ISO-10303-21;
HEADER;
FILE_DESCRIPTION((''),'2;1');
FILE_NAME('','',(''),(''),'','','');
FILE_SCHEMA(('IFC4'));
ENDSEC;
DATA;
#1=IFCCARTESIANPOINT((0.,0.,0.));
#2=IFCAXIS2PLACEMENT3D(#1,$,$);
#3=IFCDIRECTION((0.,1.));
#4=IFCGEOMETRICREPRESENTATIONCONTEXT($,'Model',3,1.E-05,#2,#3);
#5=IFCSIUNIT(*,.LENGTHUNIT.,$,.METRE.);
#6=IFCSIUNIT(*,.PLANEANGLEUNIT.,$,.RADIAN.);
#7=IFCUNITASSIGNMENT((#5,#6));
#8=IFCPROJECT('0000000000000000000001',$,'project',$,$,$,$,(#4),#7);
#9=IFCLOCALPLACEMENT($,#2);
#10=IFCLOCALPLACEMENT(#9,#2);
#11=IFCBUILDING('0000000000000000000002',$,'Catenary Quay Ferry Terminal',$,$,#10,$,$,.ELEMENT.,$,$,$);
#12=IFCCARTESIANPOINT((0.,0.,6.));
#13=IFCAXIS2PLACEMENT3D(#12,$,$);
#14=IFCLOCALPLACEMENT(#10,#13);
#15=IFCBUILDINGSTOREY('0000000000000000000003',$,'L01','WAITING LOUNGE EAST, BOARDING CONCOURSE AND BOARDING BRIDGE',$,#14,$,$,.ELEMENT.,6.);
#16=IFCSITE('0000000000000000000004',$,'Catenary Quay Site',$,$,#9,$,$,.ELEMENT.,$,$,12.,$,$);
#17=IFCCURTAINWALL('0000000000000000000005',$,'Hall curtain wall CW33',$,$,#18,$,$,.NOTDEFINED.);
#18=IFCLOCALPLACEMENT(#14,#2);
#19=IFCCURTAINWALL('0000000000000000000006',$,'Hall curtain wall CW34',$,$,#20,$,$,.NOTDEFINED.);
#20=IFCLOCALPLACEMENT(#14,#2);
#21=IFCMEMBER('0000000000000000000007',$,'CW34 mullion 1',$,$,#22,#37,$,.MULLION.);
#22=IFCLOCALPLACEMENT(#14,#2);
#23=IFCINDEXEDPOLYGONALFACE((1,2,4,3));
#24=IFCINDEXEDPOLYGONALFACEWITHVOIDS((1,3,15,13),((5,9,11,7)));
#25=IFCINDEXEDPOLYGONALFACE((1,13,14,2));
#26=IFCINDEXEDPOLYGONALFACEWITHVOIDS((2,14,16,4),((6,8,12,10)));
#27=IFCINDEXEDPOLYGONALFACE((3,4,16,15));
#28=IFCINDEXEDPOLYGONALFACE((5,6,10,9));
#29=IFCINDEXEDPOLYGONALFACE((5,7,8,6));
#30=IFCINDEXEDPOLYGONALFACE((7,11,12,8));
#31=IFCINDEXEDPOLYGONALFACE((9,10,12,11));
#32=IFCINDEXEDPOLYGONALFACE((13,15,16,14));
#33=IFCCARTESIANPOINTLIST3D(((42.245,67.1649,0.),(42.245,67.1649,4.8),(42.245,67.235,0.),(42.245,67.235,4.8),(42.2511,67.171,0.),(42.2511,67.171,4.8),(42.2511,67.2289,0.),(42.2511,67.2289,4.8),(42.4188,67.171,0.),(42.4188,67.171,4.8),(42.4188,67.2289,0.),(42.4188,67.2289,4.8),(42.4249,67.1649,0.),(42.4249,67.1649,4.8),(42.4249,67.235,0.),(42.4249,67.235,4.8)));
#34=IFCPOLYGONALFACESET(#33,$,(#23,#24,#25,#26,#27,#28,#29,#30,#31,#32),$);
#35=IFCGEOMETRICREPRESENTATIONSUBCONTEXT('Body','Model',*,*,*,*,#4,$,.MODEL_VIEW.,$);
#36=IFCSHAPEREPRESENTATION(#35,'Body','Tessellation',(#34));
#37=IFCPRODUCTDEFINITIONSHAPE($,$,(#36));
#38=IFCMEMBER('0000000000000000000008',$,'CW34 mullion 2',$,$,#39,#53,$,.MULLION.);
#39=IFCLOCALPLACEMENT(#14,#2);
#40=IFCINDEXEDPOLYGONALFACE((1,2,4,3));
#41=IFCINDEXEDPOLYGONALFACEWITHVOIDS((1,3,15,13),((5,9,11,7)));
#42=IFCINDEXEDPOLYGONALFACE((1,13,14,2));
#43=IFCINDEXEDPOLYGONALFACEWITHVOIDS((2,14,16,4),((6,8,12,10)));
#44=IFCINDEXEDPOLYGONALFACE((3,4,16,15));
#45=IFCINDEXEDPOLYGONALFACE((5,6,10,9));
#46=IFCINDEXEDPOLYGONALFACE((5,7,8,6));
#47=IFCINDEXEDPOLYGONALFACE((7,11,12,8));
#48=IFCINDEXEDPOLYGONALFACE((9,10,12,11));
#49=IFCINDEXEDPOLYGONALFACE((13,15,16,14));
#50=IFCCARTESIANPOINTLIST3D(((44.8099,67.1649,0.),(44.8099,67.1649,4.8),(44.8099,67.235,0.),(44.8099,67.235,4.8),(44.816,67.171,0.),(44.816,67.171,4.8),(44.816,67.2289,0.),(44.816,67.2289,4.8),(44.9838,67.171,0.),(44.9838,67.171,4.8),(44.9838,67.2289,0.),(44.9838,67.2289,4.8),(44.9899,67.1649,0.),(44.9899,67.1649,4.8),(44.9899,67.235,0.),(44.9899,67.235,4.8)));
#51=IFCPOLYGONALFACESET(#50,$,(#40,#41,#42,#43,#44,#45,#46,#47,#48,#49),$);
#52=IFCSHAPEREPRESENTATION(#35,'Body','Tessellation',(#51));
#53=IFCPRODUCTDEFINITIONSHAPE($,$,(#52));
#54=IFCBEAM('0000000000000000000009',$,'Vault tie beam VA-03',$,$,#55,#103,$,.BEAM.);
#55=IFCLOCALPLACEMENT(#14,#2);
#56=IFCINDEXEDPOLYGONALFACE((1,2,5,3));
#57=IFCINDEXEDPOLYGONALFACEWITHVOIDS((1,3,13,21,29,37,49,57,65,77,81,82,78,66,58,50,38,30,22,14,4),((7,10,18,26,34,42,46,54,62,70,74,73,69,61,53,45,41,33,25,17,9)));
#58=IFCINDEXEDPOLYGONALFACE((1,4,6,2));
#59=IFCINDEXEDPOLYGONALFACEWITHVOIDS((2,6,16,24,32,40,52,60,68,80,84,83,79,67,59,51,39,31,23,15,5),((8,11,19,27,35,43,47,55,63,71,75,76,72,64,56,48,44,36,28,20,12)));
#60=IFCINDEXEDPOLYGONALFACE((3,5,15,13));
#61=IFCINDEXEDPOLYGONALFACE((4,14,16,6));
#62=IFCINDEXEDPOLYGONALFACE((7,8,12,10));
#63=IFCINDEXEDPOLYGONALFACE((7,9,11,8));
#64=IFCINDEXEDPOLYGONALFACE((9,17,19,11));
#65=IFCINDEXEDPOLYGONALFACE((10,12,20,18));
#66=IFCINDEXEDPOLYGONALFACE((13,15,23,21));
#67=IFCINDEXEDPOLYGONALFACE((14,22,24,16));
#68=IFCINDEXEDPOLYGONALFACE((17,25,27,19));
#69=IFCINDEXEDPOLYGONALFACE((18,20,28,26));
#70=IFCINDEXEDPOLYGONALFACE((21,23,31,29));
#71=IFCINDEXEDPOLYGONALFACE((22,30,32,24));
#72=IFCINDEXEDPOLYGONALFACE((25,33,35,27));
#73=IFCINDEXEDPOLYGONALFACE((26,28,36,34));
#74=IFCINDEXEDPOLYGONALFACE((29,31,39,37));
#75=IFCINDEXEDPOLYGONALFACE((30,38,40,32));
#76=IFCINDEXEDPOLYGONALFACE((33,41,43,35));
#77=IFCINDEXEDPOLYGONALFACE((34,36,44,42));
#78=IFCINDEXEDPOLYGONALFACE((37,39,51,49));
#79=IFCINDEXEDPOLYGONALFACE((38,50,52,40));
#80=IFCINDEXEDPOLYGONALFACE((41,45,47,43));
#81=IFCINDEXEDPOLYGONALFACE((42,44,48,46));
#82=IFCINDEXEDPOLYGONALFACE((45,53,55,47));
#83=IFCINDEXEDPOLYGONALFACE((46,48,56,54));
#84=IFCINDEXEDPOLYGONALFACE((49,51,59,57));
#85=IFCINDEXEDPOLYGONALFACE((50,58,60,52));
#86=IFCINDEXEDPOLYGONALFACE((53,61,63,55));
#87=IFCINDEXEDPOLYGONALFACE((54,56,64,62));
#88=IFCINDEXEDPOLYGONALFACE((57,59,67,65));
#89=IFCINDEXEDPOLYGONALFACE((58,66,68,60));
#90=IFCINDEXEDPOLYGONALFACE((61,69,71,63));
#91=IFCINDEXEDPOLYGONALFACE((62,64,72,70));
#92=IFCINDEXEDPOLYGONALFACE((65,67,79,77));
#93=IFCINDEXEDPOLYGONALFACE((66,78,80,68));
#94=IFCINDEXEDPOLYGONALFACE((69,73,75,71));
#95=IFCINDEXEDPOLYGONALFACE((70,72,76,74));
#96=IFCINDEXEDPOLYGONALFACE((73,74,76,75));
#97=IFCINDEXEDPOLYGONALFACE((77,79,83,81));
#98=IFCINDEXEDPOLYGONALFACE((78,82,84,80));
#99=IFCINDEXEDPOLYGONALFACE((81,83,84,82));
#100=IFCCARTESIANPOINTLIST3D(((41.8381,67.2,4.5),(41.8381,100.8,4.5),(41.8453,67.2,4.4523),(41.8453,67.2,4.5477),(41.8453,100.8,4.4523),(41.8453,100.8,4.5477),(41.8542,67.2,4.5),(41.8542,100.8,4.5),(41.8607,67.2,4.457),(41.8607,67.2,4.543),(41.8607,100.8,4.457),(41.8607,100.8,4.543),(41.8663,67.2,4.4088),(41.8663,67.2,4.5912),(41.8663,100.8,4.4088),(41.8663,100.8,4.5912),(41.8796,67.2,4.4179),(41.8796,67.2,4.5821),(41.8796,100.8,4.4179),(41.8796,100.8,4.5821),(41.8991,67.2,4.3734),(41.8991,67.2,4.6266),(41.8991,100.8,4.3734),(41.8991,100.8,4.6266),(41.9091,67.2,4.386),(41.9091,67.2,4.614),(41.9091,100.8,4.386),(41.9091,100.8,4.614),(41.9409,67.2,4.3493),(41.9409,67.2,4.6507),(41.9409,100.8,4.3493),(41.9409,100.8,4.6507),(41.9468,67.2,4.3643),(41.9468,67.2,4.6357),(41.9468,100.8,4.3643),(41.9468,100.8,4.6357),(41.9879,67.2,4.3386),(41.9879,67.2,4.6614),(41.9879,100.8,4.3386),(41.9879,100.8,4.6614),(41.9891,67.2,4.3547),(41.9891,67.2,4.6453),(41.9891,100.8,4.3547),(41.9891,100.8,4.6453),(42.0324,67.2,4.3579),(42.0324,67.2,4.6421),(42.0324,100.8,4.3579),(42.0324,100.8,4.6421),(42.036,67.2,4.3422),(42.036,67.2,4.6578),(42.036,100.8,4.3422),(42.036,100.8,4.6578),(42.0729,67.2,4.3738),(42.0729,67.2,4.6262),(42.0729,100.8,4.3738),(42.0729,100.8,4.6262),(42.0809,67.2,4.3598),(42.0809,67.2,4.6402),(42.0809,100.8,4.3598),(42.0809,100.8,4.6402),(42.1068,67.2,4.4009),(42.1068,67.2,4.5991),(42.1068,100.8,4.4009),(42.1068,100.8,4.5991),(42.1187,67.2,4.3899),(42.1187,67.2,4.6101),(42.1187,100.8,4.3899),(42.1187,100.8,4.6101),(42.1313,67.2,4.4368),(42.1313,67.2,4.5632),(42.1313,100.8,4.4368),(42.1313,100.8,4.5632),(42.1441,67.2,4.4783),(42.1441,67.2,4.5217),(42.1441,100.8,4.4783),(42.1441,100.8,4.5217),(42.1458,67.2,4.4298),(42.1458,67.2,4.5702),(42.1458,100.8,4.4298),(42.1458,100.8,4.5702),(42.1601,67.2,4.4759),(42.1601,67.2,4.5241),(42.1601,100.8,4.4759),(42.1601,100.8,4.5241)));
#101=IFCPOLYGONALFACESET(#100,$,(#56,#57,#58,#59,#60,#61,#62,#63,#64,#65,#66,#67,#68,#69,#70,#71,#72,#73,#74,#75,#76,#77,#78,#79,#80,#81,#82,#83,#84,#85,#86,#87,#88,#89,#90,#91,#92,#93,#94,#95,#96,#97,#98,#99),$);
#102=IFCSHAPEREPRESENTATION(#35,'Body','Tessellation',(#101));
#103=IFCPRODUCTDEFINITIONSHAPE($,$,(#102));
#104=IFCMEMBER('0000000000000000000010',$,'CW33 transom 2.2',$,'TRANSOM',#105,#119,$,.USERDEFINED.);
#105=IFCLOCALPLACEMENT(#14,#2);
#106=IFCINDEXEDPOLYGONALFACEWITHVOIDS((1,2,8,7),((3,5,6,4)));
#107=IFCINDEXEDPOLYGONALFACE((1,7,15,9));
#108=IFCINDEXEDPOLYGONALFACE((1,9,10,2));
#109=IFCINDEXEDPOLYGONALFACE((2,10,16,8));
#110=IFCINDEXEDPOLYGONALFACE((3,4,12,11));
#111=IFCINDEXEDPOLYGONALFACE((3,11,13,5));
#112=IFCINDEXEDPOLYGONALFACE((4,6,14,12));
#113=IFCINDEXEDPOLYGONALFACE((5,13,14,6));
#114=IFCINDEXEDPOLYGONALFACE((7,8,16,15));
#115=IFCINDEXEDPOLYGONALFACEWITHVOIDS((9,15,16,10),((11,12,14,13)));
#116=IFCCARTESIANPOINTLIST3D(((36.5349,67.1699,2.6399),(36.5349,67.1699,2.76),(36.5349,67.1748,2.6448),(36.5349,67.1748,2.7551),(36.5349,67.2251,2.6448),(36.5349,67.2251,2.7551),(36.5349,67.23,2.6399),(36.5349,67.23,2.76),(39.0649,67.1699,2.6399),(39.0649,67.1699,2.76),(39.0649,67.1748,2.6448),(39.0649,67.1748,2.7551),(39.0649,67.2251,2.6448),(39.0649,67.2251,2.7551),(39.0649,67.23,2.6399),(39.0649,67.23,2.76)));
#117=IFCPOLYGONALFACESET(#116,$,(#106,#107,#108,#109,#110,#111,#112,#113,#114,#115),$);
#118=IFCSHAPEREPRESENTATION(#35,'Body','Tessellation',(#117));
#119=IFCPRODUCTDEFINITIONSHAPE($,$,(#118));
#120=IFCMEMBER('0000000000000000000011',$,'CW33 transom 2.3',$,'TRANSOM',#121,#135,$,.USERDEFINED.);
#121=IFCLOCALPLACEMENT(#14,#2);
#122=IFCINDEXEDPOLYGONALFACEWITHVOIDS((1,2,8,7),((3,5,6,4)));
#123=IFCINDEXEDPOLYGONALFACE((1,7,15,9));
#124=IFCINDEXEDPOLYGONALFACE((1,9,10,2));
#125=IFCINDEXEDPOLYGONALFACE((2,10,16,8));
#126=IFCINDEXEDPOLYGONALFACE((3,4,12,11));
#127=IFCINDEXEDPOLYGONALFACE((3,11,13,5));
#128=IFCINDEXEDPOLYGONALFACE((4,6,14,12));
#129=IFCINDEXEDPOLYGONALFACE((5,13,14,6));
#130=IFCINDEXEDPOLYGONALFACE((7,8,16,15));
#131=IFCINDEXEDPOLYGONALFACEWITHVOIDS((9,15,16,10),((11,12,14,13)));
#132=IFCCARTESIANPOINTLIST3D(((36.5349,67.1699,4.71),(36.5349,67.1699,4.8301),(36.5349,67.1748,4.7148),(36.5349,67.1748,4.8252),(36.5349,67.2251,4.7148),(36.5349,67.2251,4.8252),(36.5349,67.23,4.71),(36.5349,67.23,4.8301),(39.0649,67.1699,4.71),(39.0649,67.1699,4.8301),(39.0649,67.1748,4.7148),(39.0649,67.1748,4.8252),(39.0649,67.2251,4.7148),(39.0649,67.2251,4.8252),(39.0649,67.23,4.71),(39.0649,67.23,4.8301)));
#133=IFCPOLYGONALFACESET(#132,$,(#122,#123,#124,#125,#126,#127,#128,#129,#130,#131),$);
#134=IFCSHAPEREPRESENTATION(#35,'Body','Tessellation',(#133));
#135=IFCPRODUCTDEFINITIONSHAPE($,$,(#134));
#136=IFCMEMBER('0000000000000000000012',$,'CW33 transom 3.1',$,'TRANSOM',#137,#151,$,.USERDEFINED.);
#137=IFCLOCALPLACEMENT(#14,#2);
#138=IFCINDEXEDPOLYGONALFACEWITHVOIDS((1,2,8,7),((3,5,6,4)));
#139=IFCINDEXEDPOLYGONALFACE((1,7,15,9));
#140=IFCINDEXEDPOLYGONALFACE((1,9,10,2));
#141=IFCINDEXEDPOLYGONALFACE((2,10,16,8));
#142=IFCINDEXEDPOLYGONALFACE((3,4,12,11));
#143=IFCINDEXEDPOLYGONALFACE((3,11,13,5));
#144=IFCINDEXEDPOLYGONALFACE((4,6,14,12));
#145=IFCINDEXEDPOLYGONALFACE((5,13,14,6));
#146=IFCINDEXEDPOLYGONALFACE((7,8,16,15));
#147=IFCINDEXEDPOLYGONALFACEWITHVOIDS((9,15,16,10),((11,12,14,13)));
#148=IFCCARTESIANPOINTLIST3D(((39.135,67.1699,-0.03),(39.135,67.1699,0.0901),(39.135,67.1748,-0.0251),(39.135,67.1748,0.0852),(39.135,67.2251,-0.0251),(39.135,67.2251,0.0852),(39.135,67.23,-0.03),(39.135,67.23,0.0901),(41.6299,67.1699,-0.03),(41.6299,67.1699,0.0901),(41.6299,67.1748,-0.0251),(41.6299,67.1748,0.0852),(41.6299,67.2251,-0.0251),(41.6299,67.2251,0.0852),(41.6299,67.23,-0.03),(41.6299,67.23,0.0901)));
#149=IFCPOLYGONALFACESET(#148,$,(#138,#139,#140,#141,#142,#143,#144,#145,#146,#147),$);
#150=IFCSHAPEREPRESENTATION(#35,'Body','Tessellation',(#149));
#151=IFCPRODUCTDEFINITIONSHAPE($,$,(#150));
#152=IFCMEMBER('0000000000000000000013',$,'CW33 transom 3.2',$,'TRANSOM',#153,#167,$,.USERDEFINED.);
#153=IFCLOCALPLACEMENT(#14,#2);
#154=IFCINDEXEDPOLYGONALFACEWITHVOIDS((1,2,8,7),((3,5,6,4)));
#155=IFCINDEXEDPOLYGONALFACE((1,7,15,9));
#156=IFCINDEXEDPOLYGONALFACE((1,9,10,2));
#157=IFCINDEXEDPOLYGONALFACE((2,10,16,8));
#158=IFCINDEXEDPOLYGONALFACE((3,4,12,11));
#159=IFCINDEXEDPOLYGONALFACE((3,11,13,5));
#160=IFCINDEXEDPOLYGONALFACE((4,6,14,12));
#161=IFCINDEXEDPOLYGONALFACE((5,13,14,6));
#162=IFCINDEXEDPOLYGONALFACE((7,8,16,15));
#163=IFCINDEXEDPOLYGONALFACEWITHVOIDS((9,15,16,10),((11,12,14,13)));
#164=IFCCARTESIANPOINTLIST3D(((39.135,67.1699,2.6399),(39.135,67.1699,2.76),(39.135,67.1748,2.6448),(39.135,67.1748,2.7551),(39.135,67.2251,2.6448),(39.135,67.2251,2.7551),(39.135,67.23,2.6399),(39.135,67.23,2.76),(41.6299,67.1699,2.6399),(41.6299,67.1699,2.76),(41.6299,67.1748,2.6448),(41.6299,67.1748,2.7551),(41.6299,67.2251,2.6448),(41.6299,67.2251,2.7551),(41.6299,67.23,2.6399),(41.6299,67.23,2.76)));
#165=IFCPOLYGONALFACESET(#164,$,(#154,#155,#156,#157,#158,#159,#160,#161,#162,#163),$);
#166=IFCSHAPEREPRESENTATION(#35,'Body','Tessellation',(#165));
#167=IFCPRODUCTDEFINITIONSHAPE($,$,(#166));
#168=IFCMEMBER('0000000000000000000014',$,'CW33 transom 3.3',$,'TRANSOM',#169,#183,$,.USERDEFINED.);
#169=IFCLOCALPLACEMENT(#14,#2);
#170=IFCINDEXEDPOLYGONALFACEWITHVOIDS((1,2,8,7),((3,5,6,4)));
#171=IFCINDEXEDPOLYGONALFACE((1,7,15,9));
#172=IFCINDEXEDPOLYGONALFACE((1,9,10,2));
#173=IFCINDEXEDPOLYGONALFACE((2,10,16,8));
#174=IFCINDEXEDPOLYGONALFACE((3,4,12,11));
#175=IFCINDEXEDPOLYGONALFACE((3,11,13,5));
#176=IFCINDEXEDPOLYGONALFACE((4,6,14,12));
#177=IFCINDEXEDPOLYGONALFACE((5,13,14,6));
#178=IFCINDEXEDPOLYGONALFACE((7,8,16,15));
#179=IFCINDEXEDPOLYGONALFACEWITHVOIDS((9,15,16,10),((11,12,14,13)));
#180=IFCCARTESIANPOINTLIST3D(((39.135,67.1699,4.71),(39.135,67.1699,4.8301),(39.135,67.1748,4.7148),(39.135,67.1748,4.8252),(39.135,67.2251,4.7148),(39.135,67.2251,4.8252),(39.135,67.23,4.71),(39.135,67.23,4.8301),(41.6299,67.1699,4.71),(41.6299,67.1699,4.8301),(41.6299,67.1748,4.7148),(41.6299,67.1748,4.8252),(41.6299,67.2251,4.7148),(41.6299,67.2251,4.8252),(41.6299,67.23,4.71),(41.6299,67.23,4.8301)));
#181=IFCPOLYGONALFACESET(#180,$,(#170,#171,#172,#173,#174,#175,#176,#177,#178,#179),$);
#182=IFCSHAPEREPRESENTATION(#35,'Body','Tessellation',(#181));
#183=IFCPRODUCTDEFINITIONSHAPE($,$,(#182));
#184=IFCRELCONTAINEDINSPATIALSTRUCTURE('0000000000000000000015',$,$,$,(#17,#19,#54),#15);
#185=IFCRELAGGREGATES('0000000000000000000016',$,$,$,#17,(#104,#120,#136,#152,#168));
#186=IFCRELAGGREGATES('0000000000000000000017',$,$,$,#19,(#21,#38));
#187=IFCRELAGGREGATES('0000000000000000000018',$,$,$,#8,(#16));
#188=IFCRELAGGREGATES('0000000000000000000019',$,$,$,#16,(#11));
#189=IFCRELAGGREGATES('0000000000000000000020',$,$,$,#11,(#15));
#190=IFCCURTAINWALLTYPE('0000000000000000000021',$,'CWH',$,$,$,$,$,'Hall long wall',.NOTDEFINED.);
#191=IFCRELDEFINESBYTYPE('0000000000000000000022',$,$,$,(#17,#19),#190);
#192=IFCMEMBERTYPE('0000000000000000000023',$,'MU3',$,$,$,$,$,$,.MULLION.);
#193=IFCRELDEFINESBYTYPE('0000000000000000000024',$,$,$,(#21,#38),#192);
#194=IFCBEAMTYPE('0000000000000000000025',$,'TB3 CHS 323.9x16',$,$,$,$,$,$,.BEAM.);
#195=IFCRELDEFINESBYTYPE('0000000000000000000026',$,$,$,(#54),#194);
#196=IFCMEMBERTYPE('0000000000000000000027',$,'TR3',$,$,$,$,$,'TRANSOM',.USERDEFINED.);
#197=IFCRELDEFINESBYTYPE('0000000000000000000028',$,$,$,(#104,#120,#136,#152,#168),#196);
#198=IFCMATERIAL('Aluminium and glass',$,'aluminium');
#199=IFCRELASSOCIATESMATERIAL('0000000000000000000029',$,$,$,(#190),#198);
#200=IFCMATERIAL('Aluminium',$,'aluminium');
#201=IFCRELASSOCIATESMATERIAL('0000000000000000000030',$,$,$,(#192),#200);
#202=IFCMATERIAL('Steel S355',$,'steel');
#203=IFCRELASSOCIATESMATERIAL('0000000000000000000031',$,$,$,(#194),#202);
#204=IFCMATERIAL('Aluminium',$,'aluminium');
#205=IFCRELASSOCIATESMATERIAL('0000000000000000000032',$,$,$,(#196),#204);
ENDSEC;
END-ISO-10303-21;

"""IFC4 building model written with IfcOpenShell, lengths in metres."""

from ifc_helpers import new_model, si_unit, direction, frame, origin, origin_2d, place, context, subcontext, project, spatial, hollow_rectangle, hollow_circle, extrude, material, material_profile, profile_set, type_object, element, aggregate, save


model = new_model("IFC4")

# Units and contexts
model_context = context("Model", 3, precision=1e-05, world=origin(), true_north=direction((0.0, 1.0)))
body_context = subcontext(model_context, "Body", "Model", "MODEL_VIEW")
ifc_project = project(units=[si_unit("LENGTHUNIT", "METRE"), si_unit("PLANEANGLEUNIT", "RADIAN")], contexts=[model_context])

# Site, building, storey
site_placement = place(None, origin())
site = spatial("IfcSite", under=ifc_project, at=site_placement, Name="Catenary Quay Site", CompositionType="ELEMENT", RefElevation=12.0)
building_placement = place(site_placement, origin())
building = spatial("IfcBuilding", under=site, at=building_placement, Name="Catenary Quay Ferry Terminal", CompositionType="ELEMENT")
storey_placement = place(building_placement, frame((0.0, 0.0, 6.0)))
storey = spatial("IfcBuildingStorey", under=building, at=storey_placement, Name="L01", Description="WAITING LOUNGE EAST, BOARDING CONCOURSE AND BOARDING BRIDGE", CompositionType="ELEMENT", Elevation=6.0)

# Curtain walls, members
ifc_material_1 = material(Name="Aluminium and glass", Category="aluminium")
curtain_wall_type = type_object("IfcCurtainWallType", Name="CWH", ElementType="Hall long wall", PredefinedType="NOTDEFINED", material=ifc_material_1)
curtain_wall_1_placement = place(storey_placement, origin())
curtain_wall_1 = element("IfcCurtainWall", 1, at=curtain_wall_1_placement, inside=storey, type_object=curtain_wall_type, Name="Hall curtain wall CW33", PredefinedType="NOTDEFINED")
ifc_material_2 = material(Name="Aluminium", Category="aluminium")
ifc_material_profile_1 = material_profile(ifc_material_2, hollow_rectangle(XDim=0.0701, YDim=0.1799, WallThickness=0.0061, at=origin_2d()), Name="MU3")
ifc_profile_set_1 = profile_set([ifc_material_profile_1], Name="Aluminium")
member_type_1 = type_object("IfcMemberType", Name="MU3", PredefinedType="MULLION", material=ifc_profile_set_1)
curtain_wall_2_placement = place(storey_placement, origin())
curtain_wall_2 = element("IfcCurtainWall", 2, at=curtain_wall_2_placement, inside=storey, type_object=curtain_wall_type, Name="Hall curtain wall CW34", PredefinedType="NOTDEFINED")
member_1_placement = place(storey_placement, frame((42.335, 67.2, 0.0), z_axis=(0.0, 0.0, 1.0), x_axis=(0.0, 1.0, 0.0)))
member_1 = element("IfcMember", 3, at=member_1_placement, type_object=member_type_1, Name="CW34 mullion 1", PredefinedType="MULLION", context=body_context, shape_type="SweptSolid", body=[
    extrude(hollow_rectangle(XDim=0.0701, YDim=0.1799, WallThickness=0.0061, at=origin_2d()), origin(), (0.0, 0.0, 1.0), 4.8),
])
member_2_placement = place(storey_placement, frame((44.8999, 67.2, 0.0), z_axis=(0.0, 0.0, 1.0), x_axis=(0.0, 1.0, 0.0)))
member_2 = element("IfcMember", 4, at=member_2_placement, type_object=member_type_1, Name="CW34 mullion 2", PredefinedType="MULLION", context=body_context, shape_type="SweptSolid", body=[
    extrude(hollow_rectangle(XDim=0.0701, YDim=0.1799, WallThickness=0.0061, at=origin_2d()), origin(), (0.0, 0.0, 1.0), 4.8),
])

# Beam
ifc_material_3 = material(Name="Steel S355", Category="steel")
ifc_material_profile_2 = material_profile(ifc_material_3, hollow_circle(Radius=0.1619, WallThickness=0.0161, at=origin_2d()), Name="CHS 323.9x16")
ifc_profile_set_2 = profile_set([ifc_material_profile_2], Name="Steel S355")
beam_type_1 = type_object("IfcBeamType", Name="TB3 CHS 323.9x16", PredefinedType="BEAM", material=ifc_profile_set_2)
beam_1_placement = place(storey_placement, frame((42.0, 67.2, 4.5), z_axis=(0.0, 1.0, 0.0), x_axis=(-1.0, 0.0, 0.0)))
element("IfcBeam", 5, at=beam_1_placement, inside=storey, type_object=beam_type_1, Name="Vault tie beam VA-03", PredefinedType="BEAM", context=body_context, shape_type="SweptSolid", body=[
    extrude(hollow_circle(Radius=0.1619, WallThickness=0.0161, at=origin_2d()), origin(), (0.0, 0.0, 1.0), 33.6001),
])

# Members
ifc_material_4 = material(Name="Aluminium", Category="aluminium")
ifc_material_profile_3 = material_profile(ifc_material_4, hollow_rectangle(XDim=0.0601, YDim=0.1201, WallThickness=0.0049, at=origin_2d()), Name="TR3")
ifc_profile_set_3 = profile_set([ifc_material_profile_3], Name="Aluminium")
member_type_2 = type_object("IfcMemberType", Name="TR3", ElementType="TRANSOM", PredefinedType="USERDEFINED", material=ifc_profile_set_3)
member_3_placement = place(storey_placement, frame((36.5349, 67.2, 2.7), z_axis=(1.0, 0.0, 0.0), x_axis=(0.0, 1.0, 0.0)))
member_3 = element("IfcMember", 6, at=member_3_placement, type_object=member_type_2, Name="CW33 transom 2.2", ObjectType="TRANSOM", PredefinedType="USERDEFINED", context=body_context, shape_type="SweptSolid", body=[
    extrude(hollow_rectangle(XDim=0.0601, YDim=0.1201, WallThickness=0.0049, at=origin_2d()), origin(), (0.0, 0.0, 1.0), 2.53),
])
member_4_placement = place(storey_placement, frame((36.5349, 67.2, 4.77), z_axis=(1.0, 0.0, 0.0), x_axis=(0.0, 1.0, 0.0)))
member_4 = element("IfcMember", 7, at=member_4_placement, type_object=member_type_2, Name="CW33 transom 2.3", ObjectType="TRANSOM", PredefinedType="USERDEFINED", context=body_context, shape_type="SweptSolid", body=[
    extrude(hollow_rectangle(XDim=0.0601, YDim=0.1201, WallThickness=0.0049, at=origin_2d()), origin(), (0.0, 0.0, 1.0), 2.53),
])
member_5_placement = place(storey_placement, frame((39.135, 67.2, 0.03), z_axis=(1.0, 0.0, 0.0), x_axis=(0.0, 1.0, 0.0)))
member_5 = element("IfcMember", 8, at=member_5_placement, type_object=member_type_2, Name="CW33 transom 3.1", ObjectType="TRANSOM", PredefinedType="USERDEFINED", context=body_context, shape_type="SweptSolid", body=[
    extrude(hollow_rectangle(XDim=0.0601, YDim=0.1201, WallThickness=0.0049, at=origin_2d()), origin(), (0.0, 0.0, 1.0), 2.4949),
])
member_6_placement = place(storey_placement, frame((39.135, 67.2, 2.7), z_axis=(1.0, 0.0, 0.0), x_axis=(0.0, 1.0, 0.0)))
member_6 = element("IfcMember", 9, at=member_6_placement, type_object=member_type_2, Name="CW33 transom 3.2", ObjectType="TRANSOM", PredefinedType="USERDEFINED", context=body_context, shape_type="SweptSolid", body=[
    extrude(hollow_rectangle(XDim=0.0601, YDim=0.1201, WallThickness=0.0049, at=origin_2d()), origin(), (0.0, 0.0, 1.0), 2.4949),
])
member_7_placement = place(storey_placement, frame((39.135, 67.2, 4.77), z_axis=(1.0, 0.0, 0.0), x_axis=(0.0, 1.0, 0.0)))
member_7 = element("IfcMember", 10, at=member_7_placement, type_object=member_type_2, Name="CW33 transom 3.3", ObjectType="TRANSOM", PredefinedType="USERDEFINED", context=body_context, shape_type="SweptSolid", body=[
    extrude(hollow_rectangle(XDim=0.0601, YDim=0.1201, WallThickness=0.0049, at=origin_2d()), origin(), (0.0, 0.0, 1.0), 2.4949),
])

aggregate(curtain_wall_1, [member_3, member_4, member_5, member_6, member_7])
aggregate(curtain_wall_2, [member_1, member_2])

save(model, "model.ifc")
